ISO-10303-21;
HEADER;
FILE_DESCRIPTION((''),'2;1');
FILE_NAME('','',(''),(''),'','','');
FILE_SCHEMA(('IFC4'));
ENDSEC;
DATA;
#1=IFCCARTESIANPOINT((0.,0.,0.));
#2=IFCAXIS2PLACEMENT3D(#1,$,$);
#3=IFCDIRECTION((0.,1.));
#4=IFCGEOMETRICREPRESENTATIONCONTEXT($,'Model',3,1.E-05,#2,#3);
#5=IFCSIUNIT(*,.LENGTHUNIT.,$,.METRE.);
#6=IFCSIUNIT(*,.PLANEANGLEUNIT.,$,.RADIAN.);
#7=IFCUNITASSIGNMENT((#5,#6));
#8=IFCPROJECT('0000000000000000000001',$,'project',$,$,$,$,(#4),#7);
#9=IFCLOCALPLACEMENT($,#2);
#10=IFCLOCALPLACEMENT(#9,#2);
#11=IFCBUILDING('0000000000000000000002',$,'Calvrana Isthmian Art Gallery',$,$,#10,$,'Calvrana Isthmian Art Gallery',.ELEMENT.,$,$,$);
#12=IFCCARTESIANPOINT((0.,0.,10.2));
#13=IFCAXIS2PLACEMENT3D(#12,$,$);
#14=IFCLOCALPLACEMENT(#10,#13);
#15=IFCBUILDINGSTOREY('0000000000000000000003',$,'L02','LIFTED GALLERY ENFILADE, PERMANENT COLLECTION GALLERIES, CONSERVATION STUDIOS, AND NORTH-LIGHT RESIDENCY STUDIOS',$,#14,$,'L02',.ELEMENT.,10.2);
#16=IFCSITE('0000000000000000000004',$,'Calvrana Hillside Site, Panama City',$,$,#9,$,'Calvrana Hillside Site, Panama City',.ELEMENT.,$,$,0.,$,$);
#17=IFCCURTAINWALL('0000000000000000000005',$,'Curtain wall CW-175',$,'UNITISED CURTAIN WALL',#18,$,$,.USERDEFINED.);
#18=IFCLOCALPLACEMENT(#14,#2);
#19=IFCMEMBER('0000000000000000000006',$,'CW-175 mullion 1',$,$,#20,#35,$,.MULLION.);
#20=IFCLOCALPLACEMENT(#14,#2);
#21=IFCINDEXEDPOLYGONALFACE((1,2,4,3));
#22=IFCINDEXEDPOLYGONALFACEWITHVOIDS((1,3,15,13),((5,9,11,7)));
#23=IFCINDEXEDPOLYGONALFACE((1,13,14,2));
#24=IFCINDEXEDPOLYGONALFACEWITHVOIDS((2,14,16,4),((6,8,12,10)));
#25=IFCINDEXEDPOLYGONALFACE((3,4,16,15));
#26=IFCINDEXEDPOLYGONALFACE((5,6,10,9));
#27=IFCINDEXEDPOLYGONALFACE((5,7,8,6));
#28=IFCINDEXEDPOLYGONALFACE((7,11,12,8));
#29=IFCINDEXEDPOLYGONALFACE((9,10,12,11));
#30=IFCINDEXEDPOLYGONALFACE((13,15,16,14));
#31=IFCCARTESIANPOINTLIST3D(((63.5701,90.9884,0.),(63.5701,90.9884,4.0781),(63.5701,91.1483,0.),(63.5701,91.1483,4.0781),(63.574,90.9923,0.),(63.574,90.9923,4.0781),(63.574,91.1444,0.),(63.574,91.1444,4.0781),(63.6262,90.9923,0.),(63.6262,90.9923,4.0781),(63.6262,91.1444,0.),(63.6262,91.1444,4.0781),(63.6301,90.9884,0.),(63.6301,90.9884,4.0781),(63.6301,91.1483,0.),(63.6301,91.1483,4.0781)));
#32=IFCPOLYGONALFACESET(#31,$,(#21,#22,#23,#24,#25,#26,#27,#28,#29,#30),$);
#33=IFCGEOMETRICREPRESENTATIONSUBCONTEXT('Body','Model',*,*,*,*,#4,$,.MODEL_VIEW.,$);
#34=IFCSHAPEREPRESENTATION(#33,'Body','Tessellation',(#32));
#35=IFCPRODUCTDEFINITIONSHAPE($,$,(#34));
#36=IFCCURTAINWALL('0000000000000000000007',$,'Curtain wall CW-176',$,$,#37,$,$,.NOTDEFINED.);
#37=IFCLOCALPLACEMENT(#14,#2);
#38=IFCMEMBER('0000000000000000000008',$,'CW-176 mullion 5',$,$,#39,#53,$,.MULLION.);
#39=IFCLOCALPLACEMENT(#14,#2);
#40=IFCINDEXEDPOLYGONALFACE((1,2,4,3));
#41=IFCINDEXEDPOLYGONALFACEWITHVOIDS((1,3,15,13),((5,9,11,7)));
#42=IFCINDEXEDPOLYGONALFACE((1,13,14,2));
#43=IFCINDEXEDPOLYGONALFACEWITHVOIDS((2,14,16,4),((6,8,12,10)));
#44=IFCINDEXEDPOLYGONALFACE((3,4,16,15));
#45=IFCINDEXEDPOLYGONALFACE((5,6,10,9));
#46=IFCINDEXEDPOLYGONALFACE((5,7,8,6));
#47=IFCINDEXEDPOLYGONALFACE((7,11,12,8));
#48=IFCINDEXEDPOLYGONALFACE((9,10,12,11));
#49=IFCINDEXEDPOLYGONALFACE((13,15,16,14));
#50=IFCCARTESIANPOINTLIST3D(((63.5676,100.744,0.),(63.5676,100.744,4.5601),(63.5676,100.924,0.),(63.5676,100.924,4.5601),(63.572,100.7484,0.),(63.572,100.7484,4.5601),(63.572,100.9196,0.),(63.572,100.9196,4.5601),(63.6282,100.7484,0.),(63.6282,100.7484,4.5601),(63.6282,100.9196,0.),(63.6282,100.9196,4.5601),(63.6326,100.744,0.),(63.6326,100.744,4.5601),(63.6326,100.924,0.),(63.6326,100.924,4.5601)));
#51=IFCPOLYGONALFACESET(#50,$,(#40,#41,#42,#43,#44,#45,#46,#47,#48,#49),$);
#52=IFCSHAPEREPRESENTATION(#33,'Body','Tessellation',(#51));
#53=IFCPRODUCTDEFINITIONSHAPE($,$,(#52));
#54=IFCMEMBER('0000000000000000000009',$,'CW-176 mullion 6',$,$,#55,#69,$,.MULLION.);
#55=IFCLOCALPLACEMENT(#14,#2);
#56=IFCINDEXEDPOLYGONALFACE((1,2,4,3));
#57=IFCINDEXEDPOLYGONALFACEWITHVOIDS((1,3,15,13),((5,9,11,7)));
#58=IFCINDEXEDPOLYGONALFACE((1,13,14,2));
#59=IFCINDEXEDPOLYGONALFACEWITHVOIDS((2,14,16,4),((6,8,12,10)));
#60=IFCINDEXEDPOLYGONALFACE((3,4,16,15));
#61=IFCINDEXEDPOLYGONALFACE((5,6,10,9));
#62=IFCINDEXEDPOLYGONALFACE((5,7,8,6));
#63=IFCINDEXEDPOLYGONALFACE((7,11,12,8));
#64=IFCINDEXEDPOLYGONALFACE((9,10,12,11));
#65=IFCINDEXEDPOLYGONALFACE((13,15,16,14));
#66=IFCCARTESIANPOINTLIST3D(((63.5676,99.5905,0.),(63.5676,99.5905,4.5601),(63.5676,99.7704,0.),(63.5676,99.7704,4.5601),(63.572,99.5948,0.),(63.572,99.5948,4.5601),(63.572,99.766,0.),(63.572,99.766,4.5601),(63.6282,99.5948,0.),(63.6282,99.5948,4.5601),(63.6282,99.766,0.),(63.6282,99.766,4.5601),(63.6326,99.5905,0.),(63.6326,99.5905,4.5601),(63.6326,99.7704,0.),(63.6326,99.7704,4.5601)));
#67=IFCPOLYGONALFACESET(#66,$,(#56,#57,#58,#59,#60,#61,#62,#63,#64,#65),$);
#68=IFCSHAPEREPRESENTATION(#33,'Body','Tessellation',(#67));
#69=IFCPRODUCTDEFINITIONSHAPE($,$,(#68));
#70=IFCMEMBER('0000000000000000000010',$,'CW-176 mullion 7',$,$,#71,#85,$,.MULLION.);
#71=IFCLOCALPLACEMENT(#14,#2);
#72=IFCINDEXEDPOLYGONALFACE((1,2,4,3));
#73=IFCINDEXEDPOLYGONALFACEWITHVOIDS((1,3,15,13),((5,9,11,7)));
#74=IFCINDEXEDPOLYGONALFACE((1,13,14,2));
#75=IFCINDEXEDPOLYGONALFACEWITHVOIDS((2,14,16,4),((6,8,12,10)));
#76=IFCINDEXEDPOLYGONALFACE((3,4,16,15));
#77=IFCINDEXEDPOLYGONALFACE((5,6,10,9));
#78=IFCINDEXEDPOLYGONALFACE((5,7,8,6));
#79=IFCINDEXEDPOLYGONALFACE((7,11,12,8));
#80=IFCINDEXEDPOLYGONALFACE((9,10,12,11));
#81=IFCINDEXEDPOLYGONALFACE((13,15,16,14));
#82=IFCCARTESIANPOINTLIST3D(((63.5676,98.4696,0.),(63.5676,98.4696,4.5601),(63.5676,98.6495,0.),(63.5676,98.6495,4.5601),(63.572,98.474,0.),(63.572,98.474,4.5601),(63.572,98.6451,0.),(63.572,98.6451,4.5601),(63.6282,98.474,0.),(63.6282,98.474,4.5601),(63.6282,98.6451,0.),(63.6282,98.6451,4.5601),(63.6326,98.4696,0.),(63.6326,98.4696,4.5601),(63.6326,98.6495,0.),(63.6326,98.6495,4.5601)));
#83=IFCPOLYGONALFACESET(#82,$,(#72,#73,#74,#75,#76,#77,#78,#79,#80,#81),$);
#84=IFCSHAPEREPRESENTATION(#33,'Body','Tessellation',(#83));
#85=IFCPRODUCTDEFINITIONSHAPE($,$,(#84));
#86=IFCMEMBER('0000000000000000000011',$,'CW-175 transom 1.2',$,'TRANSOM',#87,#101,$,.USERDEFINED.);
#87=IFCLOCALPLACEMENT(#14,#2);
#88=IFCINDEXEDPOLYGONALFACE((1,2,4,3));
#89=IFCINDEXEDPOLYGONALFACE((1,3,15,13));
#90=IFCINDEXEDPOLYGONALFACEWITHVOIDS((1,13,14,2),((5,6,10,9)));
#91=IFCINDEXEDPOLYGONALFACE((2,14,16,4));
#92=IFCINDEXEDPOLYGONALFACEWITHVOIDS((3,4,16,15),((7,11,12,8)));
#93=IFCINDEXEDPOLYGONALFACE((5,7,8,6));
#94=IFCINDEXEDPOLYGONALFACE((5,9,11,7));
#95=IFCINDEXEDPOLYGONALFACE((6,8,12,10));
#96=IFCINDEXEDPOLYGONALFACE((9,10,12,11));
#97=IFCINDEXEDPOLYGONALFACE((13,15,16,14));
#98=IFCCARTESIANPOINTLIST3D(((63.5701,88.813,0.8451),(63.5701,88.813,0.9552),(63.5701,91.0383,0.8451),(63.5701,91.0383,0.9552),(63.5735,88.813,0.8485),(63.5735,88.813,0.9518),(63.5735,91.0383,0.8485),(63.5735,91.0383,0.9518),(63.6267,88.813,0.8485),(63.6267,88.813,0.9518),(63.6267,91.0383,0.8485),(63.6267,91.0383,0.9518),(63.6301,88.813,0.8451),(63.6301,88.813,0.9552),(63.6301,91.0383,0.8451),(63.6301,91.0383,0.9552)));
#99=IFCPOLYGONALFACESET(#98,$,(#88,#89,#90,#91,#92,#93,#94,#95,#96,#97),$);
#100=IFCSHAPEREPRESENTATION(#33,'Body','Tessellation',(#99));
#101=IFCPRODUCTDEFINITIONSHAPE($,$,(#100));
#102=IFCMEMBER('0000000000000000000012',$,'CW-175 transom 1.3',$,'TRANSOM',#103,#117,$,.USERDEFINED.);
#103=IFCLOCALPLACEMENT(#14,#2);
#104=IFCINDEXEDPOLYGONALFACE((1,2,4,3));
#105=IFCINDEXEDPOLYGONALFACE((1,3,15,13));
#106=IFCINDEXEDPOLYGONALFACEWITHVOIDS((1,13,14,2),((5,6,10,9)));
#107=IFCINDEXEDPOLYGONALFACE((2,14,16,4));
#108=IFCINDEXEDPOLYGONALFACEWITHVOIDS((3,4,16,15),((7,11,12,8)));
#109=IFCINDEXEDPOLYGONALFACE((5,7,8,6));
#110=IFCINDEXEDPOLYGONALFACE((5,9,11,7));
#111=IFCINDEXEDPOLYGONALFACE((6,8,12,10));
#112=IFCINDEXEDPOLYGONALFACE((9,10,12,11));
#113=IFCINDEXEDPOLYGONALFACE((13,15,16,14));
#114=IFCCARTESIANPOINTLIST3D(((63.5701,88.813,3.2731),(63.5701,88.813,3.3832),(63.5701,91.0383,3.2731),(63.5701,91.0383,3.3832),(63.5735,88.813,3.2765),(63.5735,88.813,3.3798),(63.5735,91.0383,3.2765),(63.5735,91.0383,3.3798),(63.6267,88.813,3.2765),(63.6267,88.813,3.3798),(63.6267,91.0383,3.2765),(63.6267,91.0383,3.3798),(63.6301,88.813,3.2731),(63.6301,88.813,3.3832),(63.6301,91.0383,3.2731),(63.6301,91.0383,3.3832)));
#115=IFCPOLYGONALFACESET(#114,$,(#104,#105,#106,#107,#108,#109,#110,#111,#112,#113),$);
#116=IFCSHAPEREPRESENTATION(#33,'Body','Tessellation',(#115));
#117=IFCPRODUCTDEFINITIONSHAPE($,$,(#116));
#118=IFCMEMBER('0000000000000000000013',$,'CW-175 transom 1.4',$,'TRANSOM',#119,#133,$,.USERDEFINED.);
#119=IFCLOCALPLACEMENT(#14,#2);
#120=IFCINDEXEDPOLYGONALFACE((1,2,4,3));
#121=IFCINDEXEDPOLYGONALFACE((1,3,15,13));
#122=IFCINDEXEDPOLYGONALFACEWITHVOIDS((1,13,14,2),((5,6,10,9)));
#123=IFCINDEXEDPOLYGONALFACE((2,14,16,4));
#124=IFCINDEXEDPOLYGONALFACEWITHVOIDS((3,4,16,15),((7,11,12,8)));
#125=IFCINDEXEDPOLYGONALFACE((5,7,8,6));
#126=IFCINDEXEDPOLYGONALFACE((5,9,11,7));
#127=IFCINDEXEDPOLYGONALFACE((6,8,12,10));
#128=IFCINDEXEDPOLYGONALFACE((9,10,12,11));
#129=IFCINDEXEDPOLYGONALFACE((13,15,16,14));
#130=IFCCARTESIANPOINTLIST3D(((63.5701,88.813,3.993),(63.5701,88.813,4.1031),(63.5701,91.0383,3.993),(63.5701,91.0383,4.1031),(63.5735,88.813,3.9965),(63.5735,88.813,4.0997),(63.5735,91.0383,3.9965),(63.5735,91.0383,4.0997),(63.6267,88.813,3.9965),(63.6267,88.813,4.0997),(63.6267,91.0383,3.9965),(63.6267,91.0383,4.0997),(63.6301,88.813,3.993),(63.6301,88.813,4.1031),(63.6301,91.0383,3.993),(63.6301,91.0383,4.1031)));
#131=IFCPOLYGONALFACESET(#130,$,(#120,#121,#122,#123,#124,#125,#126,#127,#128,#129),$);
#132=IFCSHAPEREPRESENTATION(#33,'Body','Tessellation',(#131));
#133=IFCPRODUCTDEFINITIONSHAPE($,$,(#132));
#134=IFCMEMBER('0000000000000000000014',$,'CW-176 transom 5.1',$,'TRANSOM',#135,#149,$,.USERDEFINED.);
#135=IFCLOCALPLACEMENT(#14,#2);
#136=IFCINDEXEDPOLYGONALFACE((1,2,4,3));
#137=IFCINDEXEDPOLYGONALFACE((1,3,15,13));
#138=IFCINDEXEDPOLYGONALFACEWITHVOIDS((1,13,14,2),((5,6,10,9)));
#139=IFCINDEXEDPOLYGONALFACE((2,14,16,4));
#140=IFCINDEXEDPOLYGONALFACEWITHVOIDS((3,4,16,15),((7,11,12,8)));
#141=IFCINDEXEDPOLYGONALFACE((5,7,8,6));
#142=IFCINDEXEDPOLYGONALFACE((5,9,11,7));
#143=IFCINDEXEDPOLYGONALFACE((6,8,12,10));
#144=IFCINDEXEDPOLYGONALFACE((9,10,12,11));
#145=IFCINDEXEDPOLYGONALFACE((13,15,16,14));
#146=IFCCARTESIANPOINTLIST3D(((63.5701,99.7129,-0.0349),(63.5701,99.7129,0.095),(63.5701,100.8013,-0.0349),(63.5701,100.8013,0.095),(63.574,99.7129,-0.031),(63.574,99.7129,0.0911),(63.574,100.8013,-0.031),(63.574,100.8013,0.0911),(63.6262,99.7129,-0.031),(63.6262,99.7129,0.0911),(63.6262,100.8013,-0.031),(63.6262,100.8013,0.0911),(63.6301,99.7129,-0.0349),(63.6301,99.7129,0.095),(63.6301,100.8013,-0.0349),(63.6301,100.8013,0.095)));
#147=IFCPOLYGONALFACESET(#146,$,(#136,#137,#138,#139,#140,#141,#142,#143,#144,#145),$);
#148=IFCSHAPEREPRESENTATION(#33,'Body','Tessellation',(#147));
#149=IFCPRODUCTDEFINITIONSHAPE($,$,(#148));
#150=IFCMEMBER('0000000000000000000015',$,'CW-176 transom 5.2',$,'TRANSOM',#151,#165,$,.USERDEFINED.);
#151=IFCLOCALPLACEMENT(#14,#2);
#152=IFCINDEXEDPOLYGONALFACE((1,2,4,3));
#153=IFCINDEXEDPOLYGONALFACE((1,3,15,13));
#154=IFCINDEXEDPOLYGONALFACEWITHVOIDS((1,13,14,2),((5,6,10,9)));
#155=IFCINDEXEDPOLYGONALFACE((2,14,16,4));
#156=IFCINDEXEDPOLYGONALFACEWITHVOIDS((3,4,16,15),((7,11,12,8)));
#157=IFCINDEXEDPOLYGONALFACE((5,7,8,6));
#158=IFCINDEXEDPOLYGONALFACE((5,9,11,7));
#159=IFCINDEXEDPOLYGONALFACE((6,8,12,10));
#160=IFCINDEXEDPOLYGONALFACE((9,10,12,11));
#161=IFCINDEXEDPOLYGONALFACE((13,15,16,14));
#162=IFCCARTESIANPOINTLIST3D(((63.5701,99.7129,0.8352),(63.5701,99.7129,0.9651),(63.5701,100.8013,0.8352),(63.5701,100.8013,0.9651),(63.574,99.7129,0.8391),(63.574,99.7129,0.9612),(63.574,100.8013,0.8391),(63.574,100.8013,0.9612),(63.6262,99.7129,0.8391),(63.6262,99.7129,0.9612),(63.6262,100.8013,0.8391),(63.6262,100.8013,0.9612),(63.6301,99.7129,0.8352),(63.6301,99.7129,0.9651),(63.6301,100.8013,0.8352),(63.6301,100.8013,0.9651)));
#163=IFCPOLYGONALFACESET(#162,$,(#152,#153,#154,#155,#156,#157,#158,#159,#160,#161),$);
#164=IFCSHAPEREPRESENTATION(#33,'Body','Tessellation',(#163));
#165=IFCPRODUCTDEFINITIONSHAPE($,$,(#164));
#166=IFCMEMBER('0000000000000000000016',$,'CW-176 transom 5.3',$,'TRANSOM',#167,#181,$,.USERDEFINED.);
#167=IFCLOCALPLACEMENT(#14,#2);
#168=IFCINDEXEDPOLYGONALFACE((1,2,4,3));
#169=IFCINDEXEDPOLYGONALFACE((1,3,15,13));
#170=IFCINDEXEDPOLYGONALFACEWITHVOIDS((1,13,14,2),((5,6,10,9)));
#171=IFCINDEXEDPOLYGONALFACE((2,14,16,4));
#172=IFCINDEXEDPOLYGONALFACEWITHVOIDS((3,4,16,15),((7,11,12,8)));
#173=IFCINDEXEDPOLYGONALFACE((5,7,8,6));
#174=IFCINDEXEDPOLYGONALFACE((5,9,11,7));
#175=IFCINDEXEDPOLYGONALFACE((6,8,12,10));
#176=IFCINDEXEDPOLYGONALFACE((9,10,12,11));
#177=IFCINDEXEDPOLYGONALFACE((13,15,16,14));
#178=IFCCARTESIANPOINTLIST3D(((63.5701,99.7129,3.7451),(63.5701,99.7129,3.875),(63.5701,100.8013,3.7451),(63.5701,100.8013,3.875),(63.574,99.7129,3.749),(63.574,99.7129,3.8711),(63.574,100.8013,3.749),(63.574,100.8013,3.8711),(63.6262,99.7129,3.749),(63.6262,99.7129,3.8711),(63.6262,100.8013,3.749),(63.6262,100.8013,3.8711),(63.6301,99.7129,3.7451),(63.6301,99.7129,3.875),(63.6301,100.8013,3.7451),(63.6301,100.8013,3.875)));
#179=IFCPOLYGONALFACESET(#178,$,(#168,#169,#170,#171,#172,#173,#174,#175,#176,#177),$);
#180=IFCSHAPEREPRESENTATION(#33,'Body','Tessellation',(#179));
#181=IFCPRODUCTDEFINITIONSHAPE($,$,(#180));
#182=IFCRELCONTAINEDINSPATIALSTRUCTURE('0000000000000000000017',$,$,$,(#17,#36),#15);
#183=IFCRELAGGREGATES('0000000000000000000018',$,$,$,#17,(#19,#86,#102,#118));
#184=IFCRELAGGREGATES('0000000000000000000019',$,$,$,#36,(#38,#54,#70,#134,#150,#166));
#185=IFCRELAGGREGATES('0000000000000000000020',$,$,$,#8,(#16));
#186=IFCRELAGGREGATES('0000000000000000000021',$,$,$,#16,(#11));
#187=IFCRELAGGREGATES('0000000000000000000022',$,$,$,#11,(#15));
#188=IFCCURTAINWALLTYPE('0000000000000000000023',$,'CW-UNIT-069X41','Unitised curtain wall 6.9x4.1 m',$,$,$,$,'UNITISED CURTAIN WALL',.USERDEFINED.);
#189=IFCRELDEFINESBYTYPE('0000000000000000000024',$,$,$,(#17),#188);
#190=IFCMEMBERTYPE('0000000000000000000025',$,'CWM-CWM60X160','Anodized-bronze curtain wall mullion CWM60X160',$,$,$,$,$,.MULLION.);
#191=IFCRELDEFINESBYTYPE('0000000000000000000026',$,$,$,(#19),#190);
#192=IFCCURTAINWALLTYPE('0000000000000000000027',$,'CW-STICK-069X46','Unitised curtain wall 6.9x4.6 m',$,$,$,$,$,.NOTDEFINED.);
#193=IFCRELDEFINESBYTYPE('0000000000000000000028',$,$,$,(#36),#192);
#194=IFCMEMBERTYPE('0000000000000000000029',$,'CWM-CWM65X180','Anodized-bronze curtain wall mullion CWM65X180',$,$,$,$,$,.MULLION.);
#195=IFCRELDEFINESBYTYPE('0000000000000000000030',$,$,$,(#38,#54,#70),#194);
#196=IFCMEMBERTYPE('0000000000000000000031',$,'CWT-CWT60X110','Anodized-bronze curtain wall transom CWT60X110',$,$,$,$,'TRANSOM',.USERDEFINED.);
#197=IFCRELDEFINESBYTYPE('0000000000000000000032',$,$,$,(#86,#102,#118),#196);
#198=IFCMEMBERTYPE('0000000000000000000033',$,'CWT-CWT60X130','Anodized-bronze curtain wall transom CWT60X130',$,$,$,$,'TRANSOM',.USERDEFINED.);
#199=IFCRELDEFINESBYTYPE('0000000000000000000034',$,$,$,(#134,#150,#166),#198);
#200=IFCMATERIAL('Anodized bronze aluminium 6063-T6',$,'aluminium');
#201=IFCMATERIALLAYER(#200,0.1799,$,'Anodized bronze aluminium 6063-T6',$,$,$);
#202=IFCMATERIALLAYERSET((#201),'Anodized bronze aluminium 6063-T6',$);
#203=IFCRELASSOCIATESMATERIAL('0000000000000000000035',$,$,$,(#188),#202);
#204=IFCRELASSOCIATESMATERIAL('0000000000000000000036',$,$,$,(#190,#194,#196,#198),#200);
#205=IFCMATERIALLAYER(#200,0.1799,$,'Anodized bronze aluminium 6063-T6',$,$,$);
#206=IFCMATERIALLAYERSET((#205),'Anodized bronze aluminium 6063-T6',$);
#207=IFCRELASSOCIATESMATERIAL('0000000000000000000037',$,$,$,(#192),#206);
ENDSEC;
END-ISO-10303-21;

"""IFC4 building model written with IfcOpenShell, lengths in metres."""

from ifc_helpers import new_model, si_unit, direction, frame, origin, origin_2d, place, context, subcontext, project, spatial, hollow_rectangle, extrude, material, layer, layer_set, material_profile, profile_set, type_object, element, aggregate, save


model = new_model("IFC4")

# Units and contexts
model_context = context("Model", 3, precision=1e-05, world=origin(), true_north=direction((0.0, 1.0)))
body_context = subcontext(model_context, "Body", "Model", "MODEL_VIEW")
ifc_project = project(units=[si_unit("LENGTHUNIT", "METRE"), si_unit("PLANEANGLEUNIT", "RADIAN")], contexts=[model_context])

# Site, building, storey
site_placement = place(None, origin())
site = spatial("IfcSite", under=ifc_project, at=site_placement, Name="Calvrana Hillside Site, Panama City", LongName="Calvrana Hillside Site, Panama City", CompositionType="ELEMENT", RefElevation=0.0)
building_placement = place(site_placement, origin())
building = spatial("IfcBuilding", under=site, at=building_placement, Name="Calvrana Isthmian Art Gallery", LongName="Calvrana Isthmian Art Gallery", CompositionType="ELEMENT")
storey_placement = place(building_placement, frame((0.0, 0.0, 10.2)))
storey = spatial("IfcBuildingStorey", under=building, at=storey_placement, Name="L02", Description="LIFTED GALLERY ENFILADE, PERMANENT COLLECTION GALLERIES, CONSERVATION STUDIOS, AND NORTH-LIGHT RESIDENCY STUDIOS", LongName="L02", CompositionType="ELEMENT", Elevation=10.2)

# Curtain wall, member
ifc_material_1 = material(Name="Anodized bronze aluminium 6063-T6", Category="aluminium")
ifc_layer_1 = layer(ifc_material_1, 0.1799, Name="Anodized bronze aluminium 6063-T6")
ifc_layer_set_1 = layer_set([ifc_layer_1], Name="Anodized bronze aluminium 6063-T6")
curtain_wall_type_1 = type_object("IfcCurtainWallType", Name="CW-UNIT-069X41", Description="Unitised curtain wall 6.9x4.1 m", ElementType="UNITISED CURTAIN WALL", PredefinedType="USERDEFINED", material=ifc_layer_set_1)
curtain_wall_1_placement = place(storey_placement, origin())
curtain_wall_1 = element("IfcCurtainWall", 1, at=curtain_wall_1_placement, inside=storey, type_object=curtain_wall_type_1, Name="Curtain wall CW-175", ObjectType="UNITISED CURTAIN WALL", PredefinedType="USERDEFINED")
ifc_material_profile_1 = material_profile(ifc_material_1, hollow_rectangle(XDim=0.0601, YDim=0.1599, WallThickness=0.0039, at=origin_2d()), Name="CWM60X160")
ifc_profile_set_1 = profile_set([ifc_material_profile_1], Name="Anodized bronze aluminium 6063-T6")
member_type_1 = type_object("IfcMemberType", Name="CWM-CWM60X160", Description="Anodized-bronze curtain wall mullion CWM60X160", PredefinedType="MULLION", material=ifc_profile_set_1)
member_1_placement = place(storey_placement, frame((63.6001, 91.0684, 0.0), z_axis=(0.0, 0.0, 1.0), x_axis=(1.0, 0.0, 0.0)))
member_1 = element("IfcMember", 2, at=member_1_placement, type_object=member_type_1, Name="CW-175 mullion 1", PredefinedType="MULLION", context=body_context, shape_type="SweptSolid", body=[
    extrude(hollow_rectangle(XDim=0.0601, YDim=0.1599, WallThickness=0.0039, at=origin_2d()), origin(), (0.0, 0.0, 1.0), 4.0781),
])

# Curtain wall, members
ifc_layer_2 = layer(ifc_material_1, 0.1799, Name="Anodized bronze aluminium 6063-T6")
ifc_layer_set_2 = layer_set([ifc_layer_2], Name="Anodized bronze aluminium 6063-T6")
curtain_wall_type_2 = type_object("IfcCurtainWallType", Name="CW-STICK-069X46", Description="Unitised curtain wall 6.9x4.6 m", PredefinedType="NOTDEFINED", material=ifc_layer_set_2)
curtain_wall_2_placement = place(storey_placement, origin())
curtain_wall_2 = element("IfcCurtainWall", 3, at=curtain_wall_2_placement, inside=storey, type_object=curtain_wall_type_2, Name="Curtain wall CW-176", PredefinedType="NOTDEFINED")
ifc_material_profile_2 = material_profile(ifc_material_1, hollow_rectangle(XDim=0.0649, YDim=0.1799, WallThickness=0.0044, at=origin_2d()), Name="CWM65X180")
ifc_profile_set_2 = profile_set([ifc_material_profile_2], Name="Anodized bronze aluminium 6063-T6")
member_type_2 = type_object("IfcMemberType", Name="CWM-CWM65X180", Description="Anodized-bronze curtain wall mullion CWM65X180", PredefinedType="MULLION", material=ifc_profile_set_2)
member_2_placement = place(storey_placement, frame((63.6001, 100.834, 0.0), z_axis=(0.0, 0.0, 1.0), x_axis=(1.0, 0.0, 0.0)))
member_2 = element("IfcMember", 4, at=member_2_placement, type_object=member_type_2, Name="CW-176 mullion 5", PredefinedType="MULLION", context=body_context, shape_type="SweptSolid", body=[
    extrude(hollow_rectangle(XDim=0.0649, YDim=0.1799, WallThickness=0.0044, at=origin_2d()), origin(), (0.0, 0.0, 1.0), 4.5601),
])
member_3_placement = place(storey_placement, frame((63.6001, 99.6804, 0.0), z_axis=(0.0, 0.0, 1.0), x_axis=(1.0, 0.0, 0.0)))
member_3 = element("IfcMember", 5, at=member_3_placement, type_object=member_type_2, Name="CW-176 mullion 6", PredefinedType="MULLION", context=body_context, shape_type="SweptSolid", body=[
    extrude(hollow_rectangle(XDim=0.0649, YDim=0.1799, WallThickness=0.0044, at=origin_2d()), origin(), (0.0, 0.0, 1.0), 4.5601),
])
member_4_placement = place(storey_placement, frame((63.6001, 98.5596, 0.0), z_axis=(0.0, 0.0, 1.0), x_axis=(1.0, 0.0, 0.0)))
member_4 = element("IfcMember", 6, at=member_4_placement, type_object=member_type_2, Name="CW-176 mullion 7", PredefinedType="MULLION", context=body_context, shape_type="SweptSolid", body=[
    extrude(hollow_rectangle(XDim=0.0649, YDim=0.1799, WallThickness=0.0044, at=origin_2d()), origin(), (0.0, 0.0, 1.0), 4.5601),
])

# Members
ifc_material_profile_3 = material_profile(ifc_material_1, hollow_rectangle(XDim=0.0601, YDim=0.1101, WallThickness=0.0034, at=origin_2d()), Name="CWT60X110")
ifc_profile_set_3 = profile_set([ifc_material_profile_3], Name="Anodized bronze aluminium 6063-T6")
member_type_3 = type_object("IfcMemberType", Name="CWT-CWT60X110", Description="Anodized-bronze curtain wall transom CWT60X110", ElementType="TRANSOM", PredefinedType="USERDEFINED", material=ifc_profile_set_3)
member_5_placement = place(storey_placement, frame((63.6001, 91.0383, 0.9001), z_axis=(0.0, -1.0, 0.0), x_axis=(1.0, 0.0, 0.0)))
member_5 = element("IfcMember", 7, at=member_5_placement, type_object=member_type_3, Name="CW-175 transom 1.2", ObjectType="TRANSOM", PredefinedType="USERDEFINED", context=body_context, shape_type="SweptSolid", body=[
    extrude(hollow_rectangle(XDim=0.0601, YDim=0.1101, WallThickness=0.0034, at=origin_2d()), origin(), (0.0, 0.0, 1.0), 2.2253),
])
member_6_placement = place(storey_placement, frame((63.6001, 91.0383, 3.3281), z_axis=(0.0, -1.0, 0.0), x_axis=(1.0, 0.0, 0.0)))
member_6 = element("IfcMember", 8, at=member_6_placement, type_object=member_type_3, Name="CW-175 transom 1.3", ObjectType="TRANSOM", PredefinedType="USERDEFINED", context=body_context, shape_type="SweptSolid", body=[
    extrude(hollow_rectangle(XDim=0.0601, YDim=0.1101, WallThickness=0.0034, at=origin_2d()), origin(), (0.0, 0.0, 1.0), 2.2253),
])
member_7_placement = place(storey_placement, frame((63.6001, 91.0383, 4.0481), z_axis=(0.0, -1.0, 0.0), x_axis=(1.0, 0.0, 0.0)))
member_7 = element("IfcMember", 9, at=member_7_placement, type_object=member_type_3, Name="CW-175 transom 1.4", ObjectType="TRANSOM", PredefinedType="USERDEFINED", context=body_context, shape_type="SweptSolid", body=[
    extrude(hollow_rectangle(XDim=0.0601, YDim=0.1101, WallThickness=0.0034, at=origin_2d()), origin(), (0.0, 0.0, 1.0), 2.2253),
])
aggregate(curtain_wall_1, [member_1, member_5, member_6, member_7])
ifc_material_profile_4 = material_profile(ifc_material_1, hollow_rectangle(XDim=0.0601, YDim=0.1299, WallThickness=0.0039, at=origin_2d()), Name="CWT60X130")
ifc_profile_set_4 = profile_set([ifc_material_profile_4], Name="Anodized bronze aluminium 6063-T6")
member_type_4 = type_object("IfcMemberType", Name="CWT-CWT60X130", Description="Anodized-bronze curtain wall transom CWT60X130", ElementType="TRANSOM", PredefinedType="USERDEFINED", material=ifc_profile_set_4)
member_8_placement = place(storey_placement, frame((63.6001, 100.8013, 0.03), z_axis=(0.0, -1.0, 0.0), x_axis=(1.0, 0.0, 0.0)))
member_8 = element("IfcMember", 10, at=member_8_placement, type_object=member_type_4, Name="CW-176 transom 5.1", ObjectType="TRANSOM", PredefinedType="USERDEFINED", context=body_context, shape_type="SweptSolid", body=[
    extrude(hollow_rectangle(XDim=0.0601, YDim=0.1299, WallThickness=0.0039, at=origin_2d()), origin(), (0.0, 0.0, 1.0), 1.0884),
])
member_9_placement = place(storey_placement, frame((63.6001, 100.8013, 0.9001), z_axis=(0.0, -1.0, 0.0), x_axis=(1.0, 0.0, 0.0)))
member_9 = element("IfcMember", 11, at=member_9_placement, type_object=member_type_4, Name="CW-176 transom 5.2", ObjectType="TRANSOM", PredefinedType="USERDEFINED", context=body_context, shape_type="SweptSolid", body=[
    extrude(hollow_rectangle(XDim=0.0601, YDim=0.1299, WallThickness=0.0039, at=origin_2d()), origin(), (0.0, 0.0, 1.0), 1.0884),
])
member_10_placement = place(storey_placement, frame((63.6001, 100.8013, 3.8101), z_axis=(0.0, -1.0, 0.0), x_axis=(1.0, 0.0, 0.0)))
member_10 = element("IfcMember", 12, at=member_10_placement, type_object=member_type_4, Name="CW-176 transom 5.3", ObjectType="TRANSOM", PredefinedType="USERDEFINED", context=body_context, shape_type="SweptSolid", body=[
    extrude(hollow_rectangle(XDim=0.0601, YDim=0.1299, WallThickness=0.0039, at=origin_2d()), origin(), (0.0, 0.0, 1.0), 1.0884),
])

aggregate(curtain_wall_2, [member_2, member_3, member_4, member_8, member_9, member_10])

save(model, "model.ifc")
